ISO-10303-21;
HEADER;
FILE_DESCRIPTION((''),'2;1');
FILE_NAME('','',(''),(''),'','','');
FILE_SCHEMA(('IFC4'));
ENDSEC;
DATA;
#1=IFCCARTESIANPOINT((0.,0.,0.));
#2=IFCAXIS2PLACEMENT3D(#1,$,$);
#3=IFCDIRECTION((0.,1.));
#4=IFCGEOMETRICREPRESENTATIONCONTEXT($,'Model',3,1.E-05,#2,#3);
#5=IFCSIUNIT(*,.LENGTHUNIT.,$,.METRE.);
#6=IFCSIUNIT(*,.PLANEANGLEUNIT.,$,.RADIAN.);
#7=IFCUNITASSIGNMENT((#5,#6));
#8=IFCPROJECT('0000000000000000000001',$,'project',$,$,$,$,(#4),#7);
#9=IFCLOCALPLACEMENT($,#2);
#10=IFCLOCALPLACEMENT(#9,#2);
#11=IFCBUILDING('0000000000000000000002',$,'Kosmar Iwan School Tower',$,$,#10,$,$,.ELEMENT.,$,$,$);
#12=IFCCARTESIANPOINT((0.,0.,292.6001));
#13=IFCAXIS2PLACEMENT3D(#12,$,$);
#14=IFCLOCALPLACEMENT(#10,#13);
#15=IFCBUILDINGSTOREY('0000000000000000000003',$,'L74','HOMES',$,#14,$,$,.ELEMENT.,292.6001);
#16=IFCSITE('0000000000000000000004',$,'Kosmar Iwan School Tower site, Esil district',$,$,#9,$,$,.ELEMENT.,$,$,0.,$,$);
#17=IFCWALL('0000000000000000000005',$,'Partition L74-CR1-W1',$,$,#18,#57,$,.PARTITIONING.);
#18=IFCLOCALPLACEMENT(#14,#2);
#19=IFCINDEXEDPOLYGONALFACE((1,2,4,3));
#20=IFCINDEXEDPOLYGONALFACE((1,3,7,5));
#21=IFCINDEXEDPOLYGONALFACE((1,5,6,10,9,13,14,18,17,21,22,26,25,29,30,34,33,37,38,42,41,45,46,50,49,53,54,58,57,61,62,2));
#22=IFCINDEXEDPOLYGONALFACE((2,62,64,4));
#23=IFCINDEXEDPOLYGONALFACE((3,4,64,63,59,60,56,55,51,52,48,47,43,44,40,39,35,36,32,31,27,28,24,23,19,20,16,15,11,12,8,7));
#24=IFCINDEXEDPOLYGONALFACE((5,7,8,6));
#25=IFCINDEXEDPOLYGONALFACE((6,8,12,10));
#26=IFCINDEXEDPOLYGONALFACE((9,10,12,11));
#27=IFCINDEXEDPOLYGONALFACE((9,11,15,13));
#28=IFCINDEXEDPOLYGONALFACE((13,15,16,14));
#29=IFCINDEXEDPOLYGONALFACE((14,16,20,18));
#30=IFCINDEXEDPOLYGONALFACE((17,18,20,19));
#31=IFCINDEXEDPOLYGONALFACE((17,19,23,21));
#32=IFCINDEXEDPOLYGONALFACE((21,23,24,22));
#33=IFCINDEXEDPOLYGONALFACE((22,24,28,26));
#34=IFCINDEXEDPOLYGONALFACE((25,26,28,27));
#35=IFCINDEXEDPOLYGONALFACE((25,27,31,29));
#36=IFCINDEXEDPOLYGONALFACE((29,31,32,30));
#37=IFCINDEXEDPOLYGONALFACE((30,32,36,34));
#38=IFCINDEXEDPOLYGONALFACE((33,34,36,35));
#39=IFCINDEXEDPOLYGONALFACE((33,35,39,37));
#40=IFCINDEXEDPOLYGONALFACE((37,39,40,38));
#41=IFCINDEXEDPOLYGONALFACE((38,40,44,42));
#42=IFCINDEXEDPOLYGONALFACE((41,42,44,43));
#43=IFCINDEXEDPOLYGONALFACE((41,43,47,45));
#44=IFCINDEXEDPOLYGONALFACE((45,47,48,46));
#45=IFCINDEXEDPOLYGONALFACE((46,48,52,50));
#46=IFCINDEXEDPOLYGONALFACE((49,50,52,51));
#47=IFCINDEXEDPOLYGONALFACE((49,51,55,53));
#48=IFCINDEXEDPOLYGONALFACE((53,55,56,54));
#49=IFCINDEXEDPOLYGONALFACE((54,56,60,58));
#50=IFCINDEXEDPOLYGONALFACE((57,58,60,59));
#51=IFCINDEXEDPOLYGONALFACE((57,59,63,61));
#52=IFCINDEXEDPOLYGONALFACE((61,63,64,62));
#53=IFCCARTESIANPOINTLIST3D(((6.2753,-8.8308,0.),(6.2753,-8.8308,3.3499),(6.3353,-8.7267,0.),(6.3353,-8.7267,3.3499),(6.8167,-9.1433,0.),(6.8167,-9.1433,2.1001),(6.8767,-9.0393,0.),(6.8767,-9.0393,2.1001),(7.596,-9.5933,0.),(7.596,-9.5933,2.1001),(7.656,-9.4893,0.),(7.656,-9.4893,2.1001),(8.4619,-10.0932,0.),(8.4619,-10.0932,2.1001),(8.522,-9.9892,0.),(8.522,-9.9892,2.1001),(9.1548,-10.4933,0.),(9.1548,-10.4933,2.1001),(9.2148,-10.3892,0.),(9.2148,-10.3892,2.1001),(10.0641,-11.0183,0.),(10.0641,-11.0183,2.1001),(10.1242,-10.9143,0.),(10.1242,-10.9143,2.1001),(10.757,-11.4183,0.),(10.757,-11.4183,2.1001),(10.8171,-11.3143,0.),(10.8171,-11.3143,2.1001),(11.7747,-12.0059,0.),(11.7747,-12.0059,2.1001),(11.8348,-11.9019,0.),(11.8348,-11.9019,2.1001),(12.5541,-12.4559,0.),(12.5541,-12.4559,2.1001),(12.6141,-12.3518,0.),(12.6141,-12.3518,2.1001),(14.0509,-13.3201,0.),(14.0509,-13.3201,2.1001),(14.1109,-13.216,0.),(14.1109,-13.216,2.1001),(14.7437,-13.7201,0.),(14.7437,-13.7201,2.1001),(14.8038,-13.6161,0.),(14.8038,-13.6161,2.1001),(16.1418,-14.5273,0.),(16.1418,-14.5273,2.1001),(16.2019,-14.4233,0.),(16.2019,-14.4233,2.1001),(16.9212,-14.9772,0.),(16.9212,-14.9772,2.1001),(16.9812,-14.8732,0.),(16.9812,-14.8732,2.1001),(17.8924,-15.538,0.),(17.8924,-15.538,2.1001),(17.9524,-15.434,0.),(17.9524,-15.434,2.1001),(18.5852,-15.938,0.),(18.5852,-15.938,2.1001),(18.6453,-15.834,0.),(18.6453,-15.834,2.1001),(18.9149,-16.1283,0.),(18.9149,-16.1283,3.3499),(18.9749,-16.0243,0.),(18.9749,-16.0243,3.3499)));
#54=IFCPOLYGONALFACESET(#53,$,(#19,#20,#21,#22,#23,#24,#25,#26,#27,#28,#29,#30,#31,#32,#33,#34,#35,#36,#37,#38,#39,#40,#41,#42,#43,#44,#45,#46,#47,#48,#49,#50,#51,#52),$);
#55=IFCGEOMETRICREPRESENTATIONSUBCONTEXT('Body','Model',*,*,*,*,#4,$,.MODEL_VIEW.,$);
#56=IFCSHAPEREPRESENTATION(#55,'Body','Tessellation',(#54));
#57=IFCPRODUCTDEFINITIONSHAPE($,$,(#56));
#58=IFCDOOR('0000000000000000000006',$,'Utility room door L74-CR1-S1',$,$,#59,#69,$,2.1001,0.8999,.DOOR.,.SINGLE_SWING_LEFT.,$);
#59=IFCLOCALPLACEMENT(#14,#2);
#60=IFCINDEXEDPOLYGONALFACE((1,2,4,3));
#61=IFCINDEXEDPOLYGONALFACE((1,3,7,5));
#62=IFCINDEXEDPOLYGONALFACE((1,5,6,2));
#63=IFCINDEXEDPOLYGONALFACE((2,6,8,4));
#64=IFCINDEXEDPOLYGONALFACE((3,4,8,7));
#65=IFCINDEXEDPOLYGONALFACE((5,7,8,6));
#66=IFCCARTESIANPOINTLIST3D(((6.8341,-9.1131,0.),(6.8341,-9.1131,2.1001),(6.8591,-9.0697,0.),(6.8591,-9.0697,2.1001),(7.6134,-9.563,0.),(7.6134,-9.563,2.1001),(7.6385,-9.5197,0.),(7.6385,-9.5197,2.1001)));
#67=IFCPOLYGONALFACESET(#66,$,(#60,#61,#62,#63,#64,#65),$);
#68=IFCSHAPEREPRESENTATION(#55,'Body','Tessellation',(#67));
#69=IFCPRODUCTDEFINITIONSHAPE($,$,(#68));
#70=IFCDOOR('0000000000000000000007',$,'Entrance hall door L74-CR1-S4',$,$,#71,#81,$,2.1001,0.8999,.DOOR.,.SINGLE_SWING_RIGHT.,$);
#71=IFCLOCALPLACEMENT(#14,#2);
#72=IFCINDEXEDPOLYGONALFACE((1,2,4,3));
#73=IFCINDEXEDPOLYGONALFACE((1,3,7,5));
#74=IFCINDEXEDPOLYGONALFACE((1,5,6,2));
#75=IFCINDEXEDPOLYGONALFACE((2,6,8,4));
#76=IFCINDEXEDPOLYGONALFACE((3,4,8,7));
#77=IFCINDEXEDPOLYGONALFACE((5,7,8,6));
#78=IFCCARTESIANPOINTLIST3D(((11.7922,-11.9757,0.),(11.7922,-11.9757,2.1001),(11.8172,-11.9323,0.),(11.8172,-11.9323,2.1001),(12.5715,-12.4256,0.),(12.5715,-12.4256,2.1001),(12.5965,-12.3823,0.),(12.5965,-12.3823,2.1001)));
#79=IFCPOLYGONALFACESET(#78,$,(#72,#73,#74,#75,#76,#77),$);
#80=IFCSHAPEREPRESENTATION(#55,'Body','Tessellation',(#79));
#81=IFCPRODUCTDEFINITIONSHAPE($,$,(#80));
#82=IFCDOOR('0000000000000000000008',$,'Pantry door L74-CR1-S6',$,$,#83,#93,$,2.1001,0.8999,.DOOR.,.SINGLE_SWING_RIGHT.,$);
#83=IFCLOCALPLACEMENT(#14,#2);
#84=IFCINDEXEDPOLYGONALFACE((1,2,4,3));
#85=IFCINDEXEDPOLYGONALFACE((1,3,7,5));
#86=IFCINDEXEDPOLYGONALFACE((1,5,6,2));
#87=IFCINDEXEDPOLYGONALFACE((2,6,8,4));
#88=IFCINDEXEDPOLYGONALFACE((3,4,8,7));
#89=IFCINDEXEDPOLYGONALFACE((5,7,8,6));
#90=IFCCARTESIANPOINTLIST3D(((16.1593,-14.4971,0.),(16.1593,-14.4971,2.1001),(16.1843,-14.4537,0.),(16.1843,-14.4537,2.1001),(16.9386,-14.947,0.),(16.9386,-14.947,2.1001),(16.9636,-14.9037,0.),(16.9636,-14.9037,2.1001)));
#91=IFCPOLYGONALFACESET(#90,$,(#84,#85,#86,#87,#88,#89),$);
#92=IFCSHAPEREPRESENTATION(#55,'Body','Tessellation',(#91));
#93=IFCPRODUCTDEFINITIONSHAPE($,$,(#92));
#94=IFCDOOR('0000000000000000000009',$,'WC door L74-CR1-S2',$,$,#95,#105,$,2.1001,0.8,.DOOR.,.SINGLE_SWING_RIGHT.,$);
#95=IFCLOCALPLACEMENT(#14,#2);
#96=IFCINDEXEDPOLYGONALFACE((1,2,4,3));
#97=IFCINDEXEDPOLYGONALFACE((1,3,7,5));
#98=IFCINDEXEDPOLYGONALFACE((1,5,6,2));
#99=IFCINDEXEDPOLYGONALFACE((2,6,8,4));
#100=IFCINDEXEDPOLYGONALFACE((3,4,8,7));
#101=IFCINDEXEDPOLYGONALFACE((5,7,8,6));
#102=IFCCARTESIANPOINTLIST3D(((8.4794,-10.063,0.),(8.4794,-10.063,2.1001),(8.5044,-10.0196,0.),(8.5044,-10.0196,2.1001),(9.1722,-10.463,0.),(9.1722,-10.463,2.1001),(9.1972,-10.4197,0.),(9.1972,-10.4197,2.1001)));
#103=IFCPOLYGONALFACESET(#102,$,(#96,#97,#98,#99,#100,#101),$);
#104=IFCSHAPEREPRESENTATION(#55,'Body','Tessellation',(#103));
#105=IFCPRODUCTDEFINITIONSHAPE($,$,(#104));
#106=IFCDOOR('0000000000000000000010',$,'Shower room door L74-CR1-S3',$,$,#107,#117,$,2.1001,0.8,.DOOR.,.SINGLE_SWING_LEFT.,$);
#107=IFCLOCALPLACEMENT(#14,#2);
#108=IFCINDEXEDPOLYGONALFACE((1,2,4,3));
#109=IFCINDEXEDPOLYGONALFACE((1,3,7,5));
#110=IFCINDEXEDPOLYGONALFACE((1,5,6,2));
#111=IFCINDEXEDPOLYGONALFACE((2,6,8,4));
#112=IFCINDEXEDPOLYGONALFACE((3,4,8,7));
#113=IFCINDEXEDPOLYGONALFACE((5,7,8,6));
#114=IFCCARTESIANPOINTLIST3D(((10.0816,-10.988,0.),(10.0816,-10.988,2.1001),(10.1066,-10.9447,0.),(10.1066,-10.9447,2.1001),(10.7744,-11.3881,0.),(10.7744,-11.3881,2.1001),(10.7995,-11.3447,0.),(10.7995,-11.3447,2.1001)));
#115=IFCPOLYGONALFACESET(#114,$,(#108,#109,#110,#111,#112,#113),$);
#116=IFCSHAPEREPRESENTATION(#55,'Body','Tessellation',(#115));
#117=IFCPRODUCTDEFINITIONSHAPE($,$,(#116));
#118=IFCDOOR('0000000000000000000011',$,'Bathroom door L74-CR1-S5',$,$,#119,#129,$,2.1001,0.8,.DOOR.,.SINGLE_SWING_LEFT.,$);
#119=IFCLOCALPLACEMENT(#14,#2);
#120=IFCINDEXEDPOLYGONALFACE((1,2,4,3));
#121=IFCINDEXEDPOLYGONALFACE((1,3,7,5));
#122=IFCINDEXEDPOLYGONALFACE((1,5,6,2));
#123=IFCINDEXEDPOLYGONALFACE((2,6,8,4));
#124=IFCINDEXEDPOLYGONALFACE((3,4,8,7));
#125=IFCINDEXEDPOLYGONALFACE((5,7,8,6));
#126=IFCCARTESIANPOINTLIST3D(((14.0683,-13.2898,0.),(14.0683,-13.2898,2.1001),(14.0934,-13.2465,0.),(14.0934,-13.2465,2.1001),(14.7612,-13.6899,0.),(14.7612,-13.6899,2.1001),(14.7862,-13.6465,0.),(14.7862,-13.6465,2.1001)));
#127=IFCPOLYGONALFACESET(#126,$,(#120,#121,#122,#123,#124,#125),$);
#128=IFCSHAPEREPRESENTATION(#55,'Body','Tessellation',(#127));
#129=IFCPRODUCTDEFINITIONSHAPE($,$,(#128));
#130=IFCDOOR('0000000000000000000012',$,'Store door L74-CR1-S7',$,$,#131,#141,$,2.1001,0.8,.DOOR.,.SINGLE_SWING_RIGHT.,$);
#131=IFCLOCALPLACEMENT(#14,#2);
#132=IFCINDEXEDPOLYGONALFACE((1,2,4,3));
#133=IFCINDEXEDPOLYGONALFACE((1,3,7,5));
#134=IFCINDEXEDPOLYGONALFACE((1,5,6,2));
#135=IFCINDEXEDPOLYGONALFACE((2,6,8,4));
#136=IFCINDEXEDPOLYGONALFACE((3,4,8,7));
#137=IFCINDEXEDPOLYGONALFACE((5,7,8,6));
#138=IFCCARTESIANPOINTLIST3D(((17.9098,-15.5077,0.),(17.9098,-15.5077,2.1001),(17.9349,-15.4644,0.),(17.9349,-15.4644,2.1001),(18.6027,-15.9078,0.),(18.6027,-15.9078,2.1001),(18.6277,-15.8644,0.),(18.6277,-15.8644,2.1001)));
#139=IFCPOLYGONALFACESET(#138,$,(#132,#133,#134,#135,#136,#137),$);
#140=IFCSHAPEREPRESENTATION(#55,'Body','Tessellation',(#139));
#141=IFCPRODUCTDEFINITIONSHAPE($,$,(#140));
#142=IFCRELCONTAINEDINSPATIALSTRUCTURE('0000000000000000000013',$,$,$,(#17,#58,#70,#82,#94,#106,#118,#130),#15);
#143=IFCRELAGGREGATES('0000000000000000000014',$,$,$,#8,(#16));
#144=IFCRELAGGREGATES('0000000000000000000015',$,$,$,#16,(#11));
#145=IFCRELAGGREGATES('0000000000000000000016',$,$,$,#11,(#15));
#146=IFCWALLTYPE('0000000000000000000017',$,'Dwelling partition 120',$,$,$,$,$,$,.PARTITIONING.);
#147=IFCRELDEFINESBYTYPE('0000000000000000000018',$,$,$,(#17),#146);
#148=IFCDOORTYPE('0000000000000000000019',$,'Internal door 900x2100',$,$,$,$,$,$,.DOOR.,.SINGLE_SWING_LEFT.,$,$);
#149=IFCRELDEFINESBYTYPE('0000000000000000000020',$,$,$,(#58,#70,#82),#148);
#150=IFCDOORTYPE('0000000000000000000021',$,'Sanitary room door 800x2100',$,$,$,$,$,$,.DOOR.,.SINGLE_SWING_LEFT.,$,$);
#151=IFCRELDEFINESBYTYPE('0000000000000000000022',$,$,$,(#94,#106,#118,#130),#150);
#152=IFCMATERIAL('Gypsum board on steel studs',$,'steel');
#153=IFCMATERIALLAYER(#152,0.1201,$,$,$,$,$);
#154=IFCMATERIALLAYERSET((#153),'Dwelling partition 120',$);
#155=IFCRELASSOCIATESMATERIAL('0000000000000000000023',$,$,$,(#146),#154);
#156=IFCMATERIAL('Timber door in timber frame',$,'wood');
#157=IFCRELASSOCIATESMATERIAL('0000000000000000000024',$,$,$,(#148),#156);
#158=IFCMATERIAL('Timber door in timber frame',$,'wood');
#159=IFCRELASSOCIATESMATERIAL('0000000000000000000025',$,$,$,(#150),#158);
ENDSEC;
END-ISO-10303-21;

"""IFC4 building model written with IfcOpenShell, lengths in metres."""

from ifc_helpers import new_model, si_unit, direction, frame, frame_2d, origin, place, context, subcontext, project, spatial, rectangle, extrude, material, layer, layer_set, type_object, element, fill, save


model = new_model("IFC4")

# Units and contexts
model_context = context("Model", 3, precision=1e-05, world=origin(), true_north=direction((0.0, 1.0)))
body_context = subcontext(model_context, "Body", "Model", "MODEL_VIEW")
ifc_project = project(units=[si_unit("LENGTHUNIT", "METRE"), si_unit("PLANEANGLEUNIT", "RADIAN")], contexts=[model_context])

# Site, building, storey
site_placement = place(None, origin())
site = spatial("IfcSite", under=ifc_project, at=site_placement, Name="Kosmar Iwan School Tower site, Esil district", CompositionType="ELEMENT", RefElevation=0.0)
building_placement = place(site_placement, origin())
building = spatial("IfcBuilding", under=site, at=building_placement, Name="Kosmar Iwan School Tower", CompositionType="ELEMENT")
storey_placement = place(building_placement, frame((0.0, 0.0, 292.6001)))
storey = spatial("IfcBuildingStorey", under=building, at=storey_placement, Name="L74", Description="HOMES", CompositionType="ELEMENT", Elevation=292.6001)

# Wall, openings, doors
ifc_material_1 = material(Name="Gypsum board on steel studs", Category="steel")
ifc_layer_1 = layer(ifc_material_1, 0.1201)
ifc_layer_set_1 = layer_set([ifc_layer_1], Name="Dwelling partition 120")
wall_type_1 = type_object("IfcWallType", Name="Dwelling partition 120", PredefinedType="PARTITIONING", material=ifc_layer_set_1)
wall_1_placement = place(storey_placement, frame((6.3054, -8.7788, 0.0), z_axis=(0.0, 0.0, 1.0), x_axis=(0.866022, -0.500005, 0.0)))
wall_1 = element("IfcWall", 1, at=wall_1_placement, inside=storey, type_object=wall_type_1, Name="Partition L74-CR1-W1", PredefinedType="PARTITIONING", context=body_context, shape_type="SweptSolid", body=[
    extrude(rectangle(XDim=14.595, YDim=0.1201, at=frame_2d((7.2974, 0.0))), origin(), (0.0, 0.0, 1.0), 3.3499),
])
opening_1_placement = place(wall_1_placement, frame((0.625, 0.0, 0.0)))
opening_1 = element("IfcOpeningElement", 2, at=opening_1_placement, cuts=wall_1, PredefinedType="OPENING", context=body_context, shape_type="SweptSolid", body=[
    extrude(rectangle(XDim=0.8999, YDim=2.1001, at=frame_2d((0.45, 1.05))), frame((0.0, 0.072, 0.0), z_axis=(0.0, -1.0, 0.0), x_axis=(1.0, 0.0, 0.0)), (0.0, 0.0, 1.0), 0.144),
])
opening_2_placement = place(wall_1_placement, frame((2.5249, 0.0, 0.0)))
opening_2 = element("IfcOpeningElement", 3, at=opening_2_placement, cuts=wall_1, PredefinedType="OPENING", context=body_context, shape_type="SweptSolid", body=[
    extrude(rectangle(XDim=0.8, YDim=2.1001, at=frame_2d((0.3999, 1.05))), frame((0.0, 0.072, 0.0), z_axis=(0.0, -1.0, 0.0), x_axis=(1.0, 0.0, 0.0)), (0.0, 0.0, 1.0), 0.144),
])
opening_3_placement = place(wall_1_placement, frame((4.375, 0.0, 0.0)))
opening_3 = element("IfcOpeningElement", 4, at=opening_3_placement, cuts=wall_1, PredefinedType="OPENING", context=body_context, shape_type="SweptSolid", body=[
    extrude(rectangle(XDim=0.8, YDim=2.1001, at=frame_2d((0.3999, 1.05))), frame((0.0, 0.072, 0.0), z_axis=(0.0, -1.0, 0.0), x_axis=(1.0, 0.0, 0.0)), (0.0, 0.0, 1.0), 0.144),
])
opening_4_placement = place(wall_1_placement, frame((6.3501, 0.0, 0.0)))
opening_4 = element("IfcOpeningElement", 5, at=opening_4_placement, cuts=wall_1, PredefinedType="OPENING", context=body_context, shape_type="SweptSolid", body=[
    extrude(rectangle(XDim=0.8999, YDim=2.1001, at=frame_2d((0.45, 1.05))), frame((0.0, 0.072, 0.0), z_axis=(0.0, -1.0, 0.0), x_axis=(1.0, 0.0, 0.0)), (0.0, 0.0, 1.0), 0.144),
])
opening_5_placement = place(wall_1_placement, frame((8.9785, 0.0, 0.0)))
opening_5 = element("IfcOpeningElement", 6, at=opening_5_placement, cuts=wall_1, PredefinedType="OPENING", context=body_context, shape_type="SweptSolid", body=[
    extrude(rectangle(XDim=0.8, YDim=2.1001, at=frame_2d((0.3999, 1.05))), frame((0.0, 0.072, 0.0), z_axis=(0.0, -1.0, 0.0), x_axis=(1.0, 0.0, 0.0)), (0.0, 0.0, 1.0), 0.144),
])
opening_6_placement = place(wall_1_placement, frame((11.3928, 0.0, 0.0)))
opening_6 = element("IfcOpeningElement", 7, at=opening_6_placement, cuts=wall_1, PredefinedType="OPENING", context=body_context, shape_type="SweptSolid", body=[
    extrude(rectangle(XDim=0.8999, YDim=2.1001, at=frame_2d((0.45, 1.05))), frame((0.0, 0.072, 0.0), z_axis=(0.0, -1.0, 0.0), x_axis=(1.0, 0.0, 0.0)), (0.0, 0.0, 1.0), 0.144),
])
opening_7_placement = place(wall_1_placement, frame((13.4143, 0.0, 0.0)))
opening_7 = element("IfcOpeningElement", 8, at=opening_7_placement, cuts=wall_1, PredefinedType="OPENING", context=body_context, shape_type="SweptSolid", body=[
    extrude(rectangle(XDim=0.8, YDim=2.1001, at=frame_2d((0.3999, 1.05))), frame((0.0, 0.072, 0.0), z_axis=(0.0, -1.0, 0.0), x_axis=(1.0, 0.0, 0.0)), (0.0, 0.0, 1.0), 0.144),
])
ifc_material_2 = material(Name="Timber door in timber frame", Category="wood")
door_type_1 = type_object("IfcDoorType", Name="Internal door 900x2100", OperationType="SINGLE_SWING_LEFT", PredefinedType="DOOR", material=ifc_material_2)
door_1_placement = place(opening_1_placement, origin())
door_1 = element("IfcDoor", 9, at=door_1_placement, inside=storey, type_object=door_type_1, Name="Utility room door L74-CR1-S1", OperationType="SINGLE_SWING_LEFT", OverallHeight=2.1001, OverallWidth=0.8999, PredefinedType="DOOR", context=body_context, shape_type="SweptSolid", body=[
    extrude(rectangle(XDim=0.8999, YDim=2.1001, at=frame_2d((0.45, 1.05))), frame((0.0, 0.0249, 0.0), z_axis=(0.0, -1.0, 0.0), x_axis=(1.0, 0.0, 0.0)), (0.0, 0.0, 1.0), 0.05),
])
fill(opening_1, door_1)
door_2_placement = place(opening_4_placement, origin())
door_2 = element("IfcDoor", 10, at=door_2_placement, inside=storey, type_object=door_type_1, Name="Entrance hall door L74-CR1-S4", OperationType="SINGLE_SWING_RIGHT", OverallHeight=2.1001, OverallWidth=0.8999, PredefinedType="DOOR", context=body_context, shape_type="SweptSolid", body=[
    extrude(rectangle(XDim=0.8999, YDim=2.1001, at=frame_2d((0.45, 1.05))), frame((0.0, 0.0249, 0.0), z_axis=(0.0, -1.0, 0.0), x_axis=(1.0, 0.0, 0.0)), (0.0, 0.0, 1.0), 0.05),
])
fill(opening_4, door_2)
door_3_placement = place(opening_6_placement, origin())
door_3 = element("IfcDoor", 11, at=door_3_placement, inside=storey, type_object=door_type_1, Name="Pantry door L74-CR1-S6", OperationType="SINGLE_SWING_RIGHT", OverallHeight=2.1001, OverallWidth=0.8999, PredefinedType="DOOR", context=body_context, shape_type="SweptSolid", body=[
    extrude(rectangle(XDim=0.8999, YDim=2.1001, at=frame_2d((0.45, 1.05))), frame((0.0, 0.0249, 0.0), z_axis=(0.0, -1.0, 0.0), x_axis=(1.0, 0.0, 0.0)), (0.0, 0.0, 1.0), 0.05),
])
fill(opening_6, door_3)
ifc_material_3 = material(Name="Timber door in timber frame", Category="wood")
door_type_2 = type_object("IfcDoorType", Name="Sanitary room door 800x2100", OperationType="SINGLE_SWING_LEFT", PredefinedType="DOOR", material=ifc_material_3)
door_4_placement = place(opening_2_placement, origin())
door_4 = element("IfcDoor", 12, at=door_4_placement, inside=storey, type_object=door_type_2, Name="WC door L74-CR1-S2", OperationType="SINGLE_SWING_RIGHT", OverallHeight=2.1001, OverallWidth=0.8, PredefinedType="DOOR", context=body_context, shape_type="SweptSolid", body=[
    extrude(rectangle(XDim=0.8, YDim=2.1001, at=frame_2d((0.3999, 1.05))), frame((0.0, 0.0249, 0.0), z_axis=(0.0, -1.0, 0.0), x_axis=(1.0, 0.0, 0.0)), (0.0, 0.0, 1.0), 0.05),
])
fill(opening_2, door_4)
door_5_placement = place(opening_3_placement, origin())
door_5 = element("IfcDoor", 13, at=door_5_placement, inside=storey, type_object=door_type_2, Name="Shower room door L74-CR1-S3", OperationType="SINGLE_SWING_LEFT", OverallHeight=2.1001, OverallWidth=0.8, PredefinedType="DOOR", context=body_context, shape_type="SweptSolid", body=[
    extrude(rectangle(XDim=0.8, YDim=2.1001, at=frame_2d((0.3999, 1.05))), frame((0.0, 0.0249, 0.0), z_axis=(0.0, -1.0, 0.0), x_axis=(1.0, 0.0, 0.0)), (0.0, 0.0, 1.0), 0.05),
])
fill(opening_3, door_5)
door_6_placement = place(opening_5_placement, origin())
door_6 = element("IfcDoor", 14, at=door_6_placement, inside=storey, type_object=door_type_2, Name="Bathroom door L74-CR1-S5", OperationType="SINGLE_SWING_LEFT", OverallHeight=2.1001, OverallWidth=0.8, PredefinedType="DOOR", context=body_context, shape_type="SweptSolid", body=[
    extrude(rectangle(XDim=0.8, YDim=2.1001, at=frame_2d((0.3999, 1.05))), frame((0.0, 0.0249, 0.0), z_axis=(0.0, -1.0, 0.0), x_axis=(1.0, 0.0, 0.0)), (0.0, 0.0, 1.0), 0.05),
])
fill(opening_5, door_6)
door_7_placement = place(opening_7_placement, origin())
door_7 = element("IfcDoor", 15, at=door_7_placement, inside=storey, type_object=door_type_2, Name="Store door L74-CR1-S7", OperationType="SINGLE_SWING_RIGHT", OverallHeight=2.1001, OverallWidth=0.8, PredefinedType="DOOR", context=body_context, shape_type="SweptSolid", body=[
    extrude(rectangle(XDim=0.8, YDim=2.1001, at=frame_2d((0.3999, 1.05))), frame((0.0, 0.0249, 0.0), z_axis=(0.0, -1.0, 0.0), x_axis=(1.0, 0.0, 0.0)), (0.0, 0.0, 1.0), 0.05),
])
fill(opening_7, door_7)

save(model, "model.ifc")
